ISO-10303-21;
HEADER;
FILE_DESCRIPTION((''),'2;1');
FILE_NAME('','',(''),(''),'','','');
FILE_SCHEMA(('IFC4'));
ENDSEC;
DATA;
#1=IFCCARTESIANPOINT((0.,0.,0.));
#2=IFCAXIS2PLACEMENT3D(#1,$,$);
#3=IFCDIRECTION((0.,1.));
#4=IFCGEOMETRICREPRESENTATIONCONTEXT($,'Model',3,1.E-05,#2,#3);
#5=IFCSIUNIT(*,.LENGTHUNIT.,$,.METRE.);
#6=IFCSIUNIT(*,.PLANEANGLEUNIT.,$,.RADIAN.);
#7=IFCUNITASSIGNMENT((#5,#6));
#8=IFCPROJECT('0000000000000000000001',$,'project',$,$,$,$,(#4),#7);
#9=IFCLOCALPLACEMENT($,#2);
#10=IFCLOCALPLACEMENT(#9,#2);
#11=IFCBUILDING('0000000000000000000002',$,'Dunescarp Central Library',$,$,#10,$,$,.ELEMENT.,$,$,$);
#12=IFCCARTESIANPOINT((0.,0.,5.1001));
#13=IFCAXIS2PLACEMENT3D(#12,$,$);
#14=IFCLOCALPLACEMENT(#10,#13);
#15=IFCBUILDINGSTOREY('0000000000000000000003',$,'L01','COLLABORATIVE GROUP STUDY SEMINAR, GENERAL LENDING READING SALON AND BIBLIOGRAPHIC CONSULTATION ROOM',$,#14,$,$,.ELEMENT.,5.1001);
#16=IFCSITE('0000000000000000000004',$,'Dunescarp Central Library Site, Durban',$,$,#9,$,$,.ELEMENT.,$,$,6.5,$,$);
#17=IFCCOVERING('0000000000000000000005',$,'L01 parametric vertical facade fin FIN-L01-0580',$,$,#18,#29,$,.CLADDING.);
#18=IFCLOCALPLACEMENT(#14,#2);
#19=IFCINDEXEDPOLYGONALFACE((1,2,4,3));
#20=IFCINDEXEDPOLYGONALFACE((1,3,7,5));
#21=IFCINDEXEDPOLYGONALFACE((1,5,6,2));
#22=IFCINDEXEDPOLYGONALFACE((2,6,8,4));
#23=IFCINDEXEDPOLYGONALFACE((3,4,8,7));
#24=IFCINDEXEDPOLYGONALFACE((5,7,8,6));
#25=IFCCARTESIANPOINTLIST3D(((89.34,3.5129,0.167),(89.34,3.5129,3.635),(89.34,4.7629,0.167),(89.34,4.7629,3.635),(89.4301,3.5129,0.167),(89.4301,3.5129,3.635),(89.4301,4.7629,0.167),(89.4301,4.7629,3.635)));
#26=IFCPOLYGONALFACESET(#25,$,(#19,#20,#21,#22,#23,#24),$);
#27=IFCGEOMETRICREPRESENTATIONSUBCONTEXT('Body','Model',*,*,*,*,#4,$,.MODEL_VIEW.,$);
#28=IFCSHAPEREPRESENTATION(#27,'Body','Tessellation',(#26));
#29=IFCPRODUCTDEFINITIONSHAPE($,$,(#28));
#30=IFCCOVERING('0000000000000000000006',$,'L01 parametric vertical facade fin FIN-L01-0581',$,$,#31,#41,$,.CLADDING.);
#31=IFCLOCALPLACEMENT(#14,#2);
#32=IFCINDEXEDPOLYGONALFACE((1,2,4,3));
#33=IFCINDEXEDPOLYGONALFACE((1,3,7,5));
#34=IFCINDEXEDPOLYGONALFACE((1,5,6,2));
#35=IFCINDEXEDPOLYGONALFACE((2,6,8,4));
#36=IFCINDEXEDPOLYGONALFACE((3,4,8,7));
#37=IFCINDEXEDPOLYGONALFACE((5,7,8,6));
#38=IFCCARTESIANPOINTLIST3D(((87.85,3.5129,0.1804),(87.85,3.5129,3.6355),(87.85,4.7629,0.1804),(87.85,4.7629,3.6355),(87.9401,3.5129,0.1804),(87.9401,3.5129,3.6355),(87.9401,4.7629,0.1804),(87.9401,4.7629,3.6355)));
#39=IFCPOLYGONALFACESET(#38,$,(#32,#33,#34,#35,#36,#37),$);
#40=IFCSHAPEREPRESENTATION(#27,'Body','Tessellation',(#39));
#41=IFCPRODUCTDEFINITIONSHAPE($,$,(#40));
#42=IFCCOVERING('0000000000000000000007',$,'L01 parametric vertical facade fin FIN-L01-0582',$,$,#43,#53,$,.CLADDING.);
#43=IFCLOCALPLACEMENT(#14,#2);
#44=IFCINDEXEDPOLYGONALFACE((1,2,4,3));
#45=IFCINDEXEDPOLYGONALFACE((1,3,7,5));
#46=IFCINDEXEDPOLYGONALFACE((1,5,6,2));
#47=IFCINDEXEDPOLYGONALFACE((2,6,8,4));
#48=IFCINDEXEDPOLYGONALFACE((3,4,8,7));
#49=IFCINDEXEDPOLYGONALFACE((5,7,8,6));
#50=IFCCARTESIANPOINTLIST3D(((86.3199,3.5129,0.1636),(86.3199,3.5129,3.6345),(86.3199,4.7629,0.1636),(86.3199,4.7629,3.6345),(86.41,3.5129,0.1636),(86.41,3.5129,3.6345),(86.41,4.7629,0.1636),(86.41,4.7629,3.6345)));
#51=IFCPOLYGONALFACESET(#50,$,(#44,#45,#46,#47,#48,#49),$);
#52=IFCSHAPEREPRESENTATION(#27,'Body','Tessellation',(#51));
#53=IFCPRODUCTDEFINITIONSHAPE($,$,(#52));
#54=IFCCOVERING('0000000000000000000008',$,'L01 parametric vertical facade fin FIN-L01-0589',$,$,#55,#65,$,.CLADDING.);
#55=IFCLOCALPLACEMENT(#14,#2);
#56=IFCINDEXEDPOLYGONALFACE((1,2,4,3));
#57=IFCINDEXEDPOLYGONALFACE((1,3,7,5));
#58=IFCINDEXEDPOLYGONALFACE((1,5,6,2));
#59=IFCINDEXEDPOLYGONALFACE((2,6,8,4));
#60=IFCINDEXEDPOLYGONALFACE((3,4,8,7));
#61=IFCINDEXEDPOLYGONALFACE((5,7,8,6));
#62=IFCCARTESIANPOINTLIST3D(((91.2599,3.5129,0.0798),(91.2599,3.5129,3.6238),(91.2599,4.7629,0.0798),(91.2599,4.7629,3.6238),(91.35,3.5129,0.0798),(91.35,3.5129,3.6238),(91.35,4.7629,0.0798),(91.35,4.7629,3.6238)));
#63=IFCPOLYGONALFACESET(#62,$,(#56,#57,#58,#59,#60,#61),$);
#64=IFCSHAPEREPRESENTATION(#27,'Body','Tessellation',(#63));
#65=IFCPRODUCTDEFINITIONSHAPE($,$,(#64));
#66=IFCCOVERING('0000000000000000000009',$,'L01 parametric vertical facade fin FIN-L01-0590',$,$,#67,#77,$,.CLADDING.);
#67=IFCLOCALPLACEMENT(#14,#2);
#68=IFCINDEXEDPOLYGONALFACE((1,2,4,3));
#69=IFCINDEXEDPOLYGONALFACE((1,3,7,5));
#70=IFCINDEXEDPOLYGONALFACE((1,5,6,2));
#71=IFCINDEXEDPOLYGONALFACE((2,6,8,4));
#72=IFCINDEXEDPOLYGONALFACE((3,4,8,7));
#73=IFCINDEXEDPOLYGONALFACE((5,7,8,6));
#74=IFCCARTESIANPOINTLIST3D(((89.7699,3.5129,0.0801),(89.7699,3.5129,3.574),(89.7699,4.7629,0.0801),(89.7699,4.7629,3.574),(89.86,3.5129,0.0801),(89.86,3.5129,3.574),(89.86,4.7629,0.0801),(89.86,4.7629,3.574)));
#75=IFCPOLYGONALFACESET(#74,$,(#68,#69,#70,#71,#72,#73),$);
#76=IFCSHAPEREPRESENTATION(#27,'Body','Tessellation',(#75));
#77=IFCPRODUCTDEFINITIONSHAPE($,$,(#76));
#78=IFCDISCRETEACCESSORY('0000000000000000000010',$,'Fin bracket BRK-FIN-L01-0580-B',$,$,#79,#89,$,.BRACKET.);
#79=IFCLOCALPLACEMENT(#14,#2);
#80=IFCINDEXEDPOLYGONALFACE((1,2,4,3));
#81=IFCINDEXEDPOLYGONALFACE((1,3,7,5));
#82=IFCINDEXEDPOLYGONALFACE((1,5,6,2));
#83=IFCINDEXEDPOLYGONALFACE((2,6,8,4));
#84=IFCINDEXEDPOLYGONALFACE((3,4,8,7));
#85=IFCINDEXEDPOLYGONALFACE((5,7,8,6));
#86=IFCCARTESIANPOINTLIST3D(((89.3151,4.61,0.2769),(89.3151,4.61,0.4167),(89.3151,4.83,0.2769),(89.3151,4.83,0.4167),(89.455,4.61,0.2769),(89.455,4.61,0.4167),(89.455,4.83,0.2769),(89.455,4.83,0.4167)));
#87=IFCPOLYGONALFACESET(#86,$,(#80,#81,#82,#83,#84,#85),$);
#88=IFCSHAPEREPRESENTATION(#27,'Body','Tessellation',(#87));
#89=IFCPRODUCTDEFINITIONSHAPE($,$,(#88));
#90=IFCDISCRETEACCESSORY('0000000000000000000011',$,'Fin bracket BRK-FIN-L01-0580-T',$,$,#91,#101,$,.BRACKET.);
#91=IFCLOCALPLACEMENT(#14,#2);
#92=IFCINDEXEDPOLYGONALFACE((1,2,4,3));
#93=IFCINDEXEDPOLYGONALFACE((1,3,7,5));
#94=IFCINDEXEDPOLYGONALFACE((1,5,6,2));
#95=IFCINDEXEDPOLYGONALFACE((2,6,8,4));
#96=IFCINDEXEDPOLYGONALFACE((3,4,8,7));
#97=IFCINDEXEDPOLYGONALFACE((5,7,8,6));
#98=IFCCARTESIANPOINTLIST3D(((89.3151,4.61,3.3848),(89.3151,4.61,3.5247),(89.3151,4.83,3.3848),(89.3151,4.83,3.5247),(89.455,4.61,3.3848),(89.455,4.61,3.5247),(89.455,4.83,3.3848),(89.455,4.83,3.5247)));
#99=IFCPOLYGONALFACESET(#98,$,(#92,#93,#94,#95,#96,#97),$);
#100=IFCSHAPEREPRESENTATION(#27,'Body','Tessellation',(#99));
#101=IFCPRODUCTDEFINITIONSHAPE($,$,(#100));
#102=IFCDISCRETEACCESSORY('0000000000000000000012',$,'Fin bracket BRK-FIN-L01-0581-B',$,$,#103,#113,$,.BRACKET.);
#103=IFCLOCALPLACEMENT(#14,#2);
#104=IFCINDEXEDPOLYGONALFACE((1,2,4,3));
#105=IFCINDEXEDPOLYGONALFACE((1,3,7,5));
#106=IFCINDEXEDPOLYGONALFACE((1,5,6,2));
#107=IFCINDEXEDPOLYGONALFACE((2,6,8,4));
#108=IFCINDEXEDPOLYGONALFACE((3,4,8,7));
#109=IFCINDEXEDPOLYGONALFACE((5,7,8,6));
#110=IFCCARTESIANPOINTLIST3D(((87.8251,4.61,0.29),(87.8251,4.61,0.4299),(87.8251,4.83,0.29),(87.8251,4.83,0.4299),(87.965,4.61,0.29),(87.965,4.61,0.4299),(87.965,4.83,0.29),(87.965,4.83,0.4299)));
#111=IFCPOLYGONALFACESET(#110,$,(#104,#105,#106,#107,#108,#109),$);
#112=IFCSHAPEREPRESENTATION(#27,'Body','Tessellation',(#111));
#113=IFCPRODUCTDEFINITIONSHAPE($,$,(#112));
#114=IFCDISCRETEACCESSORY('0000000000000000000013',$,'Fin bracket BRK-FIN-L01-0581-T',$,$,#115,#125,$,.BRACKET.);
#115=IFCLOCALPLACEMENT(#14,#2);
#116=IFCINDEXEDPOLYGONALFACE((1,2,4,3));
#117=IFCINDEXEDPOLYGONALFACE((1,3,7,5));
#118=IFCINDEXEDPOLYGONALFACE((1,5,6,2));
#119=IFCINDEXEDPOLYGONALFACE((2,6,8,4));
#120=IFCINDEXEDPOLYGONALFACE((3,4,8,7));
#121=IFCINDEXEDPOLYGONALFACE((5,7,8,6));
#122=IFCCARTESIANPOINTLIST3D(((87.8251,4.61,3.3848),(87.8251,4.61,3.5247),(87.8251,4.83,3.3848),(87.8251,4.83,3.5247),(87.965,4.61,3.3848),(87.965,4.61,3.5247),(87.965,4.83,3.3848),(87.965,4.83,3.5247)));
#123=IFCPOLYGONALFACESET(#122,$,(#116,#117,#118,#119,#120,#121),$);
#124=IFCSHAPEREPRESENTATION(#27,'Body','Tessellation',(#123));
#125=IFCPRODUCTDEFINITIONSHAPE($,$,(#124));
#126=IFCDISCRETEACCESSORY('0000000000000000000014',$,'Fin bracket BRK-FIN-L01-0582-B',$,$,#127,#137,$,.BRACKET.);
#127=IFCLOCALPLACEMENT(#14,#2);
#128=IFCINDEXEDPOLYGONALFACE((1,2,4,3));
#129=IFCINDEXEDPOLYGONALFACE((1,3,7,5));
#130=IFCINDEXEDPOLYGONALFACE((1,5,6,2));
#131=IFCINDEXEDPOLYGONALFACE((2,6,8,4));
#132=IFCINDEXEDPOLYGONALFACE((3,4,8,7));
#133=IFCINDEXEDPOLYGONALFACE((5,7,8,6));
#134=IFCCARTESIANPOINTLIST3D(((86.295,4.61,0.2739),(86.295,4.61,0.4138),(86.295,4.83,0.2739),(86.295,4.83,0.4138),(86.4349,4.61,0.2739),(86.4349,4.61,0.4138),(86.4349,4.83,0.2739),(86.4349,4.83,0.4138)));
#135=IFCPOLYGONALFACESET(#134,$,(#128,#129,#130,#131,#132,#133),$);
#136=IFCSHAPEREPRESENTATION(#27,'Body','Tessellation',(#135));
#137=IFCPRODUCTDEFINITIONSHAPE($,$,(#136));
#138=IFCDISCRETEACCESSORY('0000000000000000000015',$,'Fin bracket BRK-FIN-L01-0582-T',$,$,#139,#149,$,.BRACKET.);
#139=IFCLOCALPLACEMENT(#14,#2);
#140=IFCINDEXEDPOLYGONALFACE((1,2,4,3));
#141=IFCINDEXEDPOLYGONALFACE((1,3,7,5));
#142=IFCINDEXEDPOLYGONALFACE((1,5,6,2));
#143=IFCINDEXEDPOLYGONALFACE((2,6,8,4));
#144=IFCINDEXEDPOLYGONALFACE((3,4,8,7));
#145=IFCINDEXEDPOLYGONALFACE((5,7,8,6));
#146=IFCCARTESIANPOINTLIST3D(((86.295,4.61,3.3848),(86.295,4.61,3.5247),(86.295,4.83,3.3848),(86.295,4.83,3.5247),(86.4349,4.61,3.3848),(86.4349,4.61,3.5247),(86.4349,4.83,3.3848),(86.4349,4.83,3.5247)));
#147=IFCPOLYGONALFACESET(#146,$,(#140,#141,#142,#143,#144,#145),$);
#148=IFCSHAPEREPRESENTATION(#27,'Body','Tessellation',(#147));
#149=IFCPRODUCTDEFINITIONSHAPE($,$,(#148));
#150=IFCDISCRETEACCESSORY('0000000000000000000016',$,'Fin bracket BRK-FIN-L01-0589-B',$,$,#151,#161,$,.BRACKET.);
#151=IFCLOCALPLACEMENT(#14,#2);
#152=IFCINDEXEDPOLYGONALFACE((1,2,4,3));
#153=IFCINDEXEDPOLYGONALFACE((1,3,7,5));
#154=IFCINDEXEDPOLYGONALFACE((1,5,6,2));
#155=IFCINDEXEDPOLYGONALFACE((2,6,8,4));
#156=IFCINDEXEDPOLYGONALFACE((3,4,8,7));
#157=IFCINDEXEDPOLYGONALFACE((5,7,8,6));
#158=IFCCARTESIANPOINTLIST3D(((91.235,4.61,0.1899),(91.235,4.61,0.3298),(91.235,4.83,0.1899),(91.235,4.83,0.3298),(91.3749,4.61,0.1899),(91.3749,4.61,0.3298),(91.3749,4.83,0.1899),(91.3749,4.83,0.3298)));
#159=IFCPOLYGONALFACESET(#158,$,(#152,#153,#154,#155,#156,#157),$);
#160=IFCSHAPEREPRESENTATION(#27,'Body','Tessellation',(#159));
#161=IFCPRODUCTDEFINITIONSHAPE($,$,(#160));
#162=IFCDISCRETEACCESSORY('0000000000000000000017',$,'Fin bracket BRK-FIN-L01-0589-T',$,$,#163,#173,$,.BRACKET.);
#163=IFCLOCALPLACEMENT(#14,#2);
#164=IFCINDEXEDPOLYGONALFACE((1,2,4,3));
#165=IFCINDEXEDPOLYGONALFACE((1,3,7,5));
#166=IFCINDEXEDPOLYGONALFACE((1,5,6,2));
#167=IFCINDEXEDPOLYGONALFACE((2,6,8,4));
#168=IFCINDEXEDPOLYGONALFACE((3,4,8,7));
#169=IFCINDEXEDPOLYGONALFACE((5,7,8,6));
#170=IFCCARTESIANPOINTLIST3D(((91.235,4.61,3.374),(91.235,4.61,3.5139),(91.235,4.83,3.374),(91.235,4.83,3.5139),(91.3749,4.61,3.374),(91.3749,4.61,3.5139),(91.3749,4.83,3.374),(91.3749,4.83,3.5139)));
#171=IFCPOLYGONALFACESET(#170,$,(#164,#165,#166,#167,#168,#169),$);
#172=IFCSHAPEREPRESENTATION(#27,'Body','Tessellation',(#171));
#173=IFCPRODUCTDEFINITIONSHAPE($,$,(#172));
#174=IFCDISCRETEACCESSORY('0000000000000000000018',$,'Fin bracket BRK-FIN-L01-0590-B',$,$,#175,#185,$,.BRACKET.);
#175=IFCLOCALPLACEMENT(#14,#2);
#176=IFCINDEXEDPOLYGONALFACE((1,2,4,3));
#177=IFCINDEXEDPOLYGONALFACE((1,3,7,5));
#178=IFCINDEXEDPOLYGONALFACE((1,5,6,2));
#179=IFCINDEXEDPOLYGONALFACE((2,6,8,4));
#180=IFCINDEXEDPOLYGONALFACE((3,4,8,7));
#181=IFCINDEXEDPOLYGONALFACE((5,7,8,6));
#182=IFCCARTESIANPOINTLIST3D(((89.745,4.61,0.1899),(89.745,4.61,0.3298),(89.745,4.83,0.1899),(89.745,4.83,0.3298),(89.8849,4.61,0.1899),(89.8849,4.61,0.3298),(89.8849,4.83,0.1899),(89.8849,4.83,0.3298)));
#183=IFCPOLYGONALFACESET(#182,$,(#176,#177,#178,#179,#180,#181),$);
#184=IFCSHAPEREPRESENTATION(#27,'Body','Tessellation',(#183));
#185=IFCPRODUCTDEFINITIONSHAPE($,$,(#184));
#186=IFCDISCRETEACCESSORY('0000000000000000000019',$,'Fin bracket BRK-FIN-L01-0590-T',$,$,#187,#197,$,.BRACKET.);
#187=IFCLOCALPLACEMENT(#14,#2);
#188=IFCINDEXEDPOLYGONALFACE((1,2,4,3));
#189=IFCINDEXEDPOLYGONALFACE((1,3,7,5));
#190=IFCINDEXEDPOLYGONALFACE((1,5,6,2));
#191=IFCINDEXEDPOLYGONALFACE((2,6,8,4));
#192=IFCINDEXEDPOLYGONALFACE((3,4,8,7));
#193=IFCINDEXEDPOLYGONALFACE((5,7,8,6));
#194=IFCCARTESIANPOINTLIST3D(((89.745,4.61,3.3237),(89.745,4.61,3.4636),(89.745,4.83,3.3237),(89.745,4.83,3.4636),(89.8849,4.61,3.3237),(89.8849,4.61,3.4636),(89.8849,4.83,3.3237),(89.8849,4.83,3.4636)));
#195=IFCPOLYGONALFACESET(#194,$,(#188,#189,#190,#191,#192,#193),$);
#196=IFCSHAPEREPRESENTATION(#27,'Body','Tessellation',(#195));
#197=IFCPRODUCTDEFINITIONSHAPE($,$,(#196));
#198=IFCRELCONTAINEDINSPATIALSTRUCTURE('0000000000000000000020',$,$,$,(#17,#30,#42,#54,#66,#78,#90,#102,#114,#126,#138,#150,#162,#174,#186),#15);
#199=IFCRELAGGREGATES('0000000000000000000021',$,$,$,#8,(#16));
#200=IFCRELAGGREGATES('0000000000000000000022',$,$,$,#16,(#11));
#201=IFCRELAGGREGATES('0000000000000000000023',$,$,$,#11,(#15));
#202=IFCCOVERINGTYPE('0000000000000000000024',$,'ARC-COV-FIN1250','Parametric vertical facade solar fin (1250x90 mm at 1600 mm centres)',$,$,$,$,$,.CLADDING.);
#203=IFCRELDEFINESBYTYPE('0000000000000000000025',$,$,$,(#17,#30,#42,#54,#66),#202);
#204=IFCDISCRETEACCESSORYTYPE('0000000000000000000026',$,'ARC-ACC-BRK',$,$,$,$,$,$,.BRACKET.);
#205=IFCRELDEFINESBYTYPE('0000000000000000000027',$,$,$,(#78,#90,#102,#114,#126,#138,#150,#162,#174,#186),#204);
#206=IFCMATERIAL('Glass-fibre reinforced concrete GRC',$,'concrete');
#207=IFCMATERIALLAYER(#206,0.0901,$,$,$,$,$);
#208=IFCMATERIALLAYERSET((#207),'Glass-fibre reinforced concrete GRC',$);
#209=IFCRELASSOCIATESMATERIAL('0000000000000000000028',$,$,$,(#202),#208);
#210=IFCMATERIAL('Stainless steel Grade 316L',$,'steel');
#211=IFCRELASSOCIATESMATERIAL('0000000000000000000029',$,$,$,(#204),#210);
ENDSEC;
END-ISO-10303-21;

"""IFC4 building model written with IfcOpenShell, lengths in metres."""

from ifc_helpers import new_model, si_unit, direction, frame, origin, origin_2d, place, context, subcontext, project, spatial, rectangle, extrude, material, layer, layer_set, type_object, element, save


model = new_model("IFC4")

# Units and contexts
model_context = context("Model", 3, precision=1e-05, world=origin(), true_north=direction((0.0, 1.0)))
body_context = subcontext(model_context, "Body", "Model", "MODEL_VIEW")
ifc_project = project(units=[si_unit("LENGTHUNIT", "METRE"), si_unit("PLANEANGLEUNIT", "RADIAN")], contexts=[model_context])

# Site, building, storey
site_placement = place(None, origin())
site = spatial("IfcSite", under=ifc_project, at=site_placement, Name="Dunescarp Central Library Site, Durban", CompositionType="ELEMENT", RefElevation=6.5)
building_placement = place(site_placement, origin())
building = spatial("IfcBuilding", under=site, at=building_placement, Name="Dunescarp Central Library", CompositionType="ELEMENT")
storey_placement = place(building_placement, frame((0.0, 0.0, 5.1001)))
storey = spatial("IfcBuildingStorey", under=building, at=storey_placement, Name="L01", Description="COLLABORATIVE GROUP STUDY SEMINAR, GENERAL LENDING READING SALON AND BIBLIOGRAPHIC CONSULTATION ROOM", CompositionType="ELEMENT", Elevation=5.1001)

# Coverings
ifc_material_1 = material(Name="Glass-fibre reinforced concrete GRC", Category="concrete")
ifc_layer_1 = layer(ifc_material_1, 0.0901)
ifc_layer_set_1 = layer_set([ifc_layer_1], Name="Glass-fibre reinforced concrete GRC")
covering_type = type_object("IfcCoveringType", Name="ARC-COV-FIN1250", Description="Parametric vertical facade solar fin (1250x90 mm at 1600 mm centres)", PredefinedType="CLADDING", material=ifc_layer_set_1)
covering_1_placement = place(storey_placement, frame((89.385, 4.1379, 0.167), z_axis=(0.0, 0.0, 1.0), x_axis=(0.0, -1.0, 0.0)))
element("IfcCovering", 1, at=covering_1_placement, inside=storey, type_object=covering_type, Name="L01 parametric vertical facade fin FIN-L01-0580", PredefinedType="CLADDING", context=body_context, shape_type="SweptSolid", body=[
    extrude(rectangle(XDim=1.25, YDim=0.0901, at=origin_2d()), origin(), (0.0, 0.0, 1.0), 3.468),
])
covering_2_placement = place(storey_placement, frame((87.895, 4.1379, 0.1804), z_axis=(0.0, 0.0, 1.0), x_axis=(0.0, -1.0, 0.0)))
element("IfcCovering", 2, at=covering_2_placement, inside=storey, type_object=covering_type, Name="L01 parametric vertical facade fin FIN-L01-0581", PredefinedType="CLADDING", context=body_context, shape_type="SweptSolid", body=[
    extrude(rectangle(XDim=1.25, YDim=0.0901, at=origin_2d()), origin(), (0.0, 0.0, 1.0), 3.4551),
])
covering_3_placement = place(storey_placement, frame((86.365, 4.1379, 0.1636), z_axis=(0.0, 0.0, 1.0), x_axis=(0.0, -1.0, 0.0)))
element("IfcCovering", 3, at=covering_3_placement, inside=storey, type_object=covering_type, Name="L01 parametric vertical facade fin FIN-L01-0582", PredefinedType="CLADDING", context=body_context, shape_type="SweptSolid", body=[
    extrude(rectangle(XDim=1.25, YDim=0.0901, at=origin_2d()), origin(), (0.0, 0.0, 1.0), 3.4709),
])
covering_4_placement = place(storey_placement, frame((91.3049, 4.1379, 0.0798), z_axis=(0.0, 0.0, 1.0), x_axis=(0.0, -1.0, 0.0)))
element("IfcCovering", 4, at=covering_4_placement, inside=storey, type_object=covering_type, Name="L01 parametric vertical facade fin FIN-L01-0589", PredefinedType="CLADDING", context=body_context, shape_type="SweptSolid", body=[
    extrude(rectangle(XDim=1.25, YDim=0.0901, at=origin_2d()), origin(), (0.0, 0.0, 1.0), 3.5439),
])
covering_5_placement = place(storey_placement, frame((89.8149, 4.1379, 0.0801), z_axis=(0.0, 0.0, 1.0), x_axis=(0.0, -1.0, 0.0)))
element("IfcCovering", 5, at=covering_5_placement, inside=storey, type_object=covering_type, Name="L01 parametric vertical facade fin FIN-L01-0590", PredefinedType="CLADDING", context=body_context, shape_type="SweptSolid", body=[
    extrude(rectangle(XDim=1.25, YDim=0.0901, at=origin_2d()), origin(), (0.0, 0.0, 1.0), 3.4939),
])

# Discrete accessories
ifc_material_2 = material(Name="Stainless steel Grade 316L", Category="steel")
discrete_accessory_type = type_object("IfcDiscreteAccessoryType", Name="ARC-ACC-BRK", PredefinedType="BRACKET", material=ifc_material_2)
for number, where, z_axis, x_axis, name in (
    (6, (89.385, 4.72, 0.2769), (0.0, 0.0, 1.0), (0.0, -1.0, 0.0), "Fin bracket BRK-FIN-L01-0580-B"),
    (7, (89.385, 4.72, 3.3848), (0.0, 0.0, 1.0), (0.0, -1.0, 0.0), "Fin bracket BRK-FIN-L01-0580-T"),
    (8, (87.895, 4.72, 0.29), (0.0, 0.0, 1.0), (0.0, -1.0, 0.0), "Fin bracket BRK-FIN-L01-0581-B"),
    (9, (87.895, 4.72, 3.3848), (0.0, 0.0, 1.0), (0.0, -1.0, 0.0), "Fin bracket BRK-FIN-L01-0581-T"),
    (10, (86.365, 4.72, 0.2739), (0.0, 0.0, 1.0), (0.0, -1.0, 0.0), "Fin bracket BRK-FIN-L01-0582-B"),
    (11, (86.365, 4.72, 3.3848), (0.0, 0.0, 1.0), (0.0, -1.0, 0.0), "Fin bracket BRK-FIN-L01-0582-T"),
    (12, (91.3049, 4.72, 0.1899), (0.0, 0.0, 1.0), (0.0, -1.0, 0.0), "Fin bracket BRK-FIN-L01-0589-B"),
    (13, (91.3049, 4.72, 3.374), (0.0, 0.0, 1.0), (0.0, -1.0, 0.0), "Fin bracket BRK-FIN-L01-0589-T"),
    (14, (89.8149, 4.72, 0.1899), (0.0, 0.0, 1.0), (0.0, -1.0, 0.0), "Fin bracket BRK-FIN-L01-0590-B"),
    (15, (89.8149, 4.72, 3.3237), (0.0, 0.0, 1.0), (0.0, -1.0, 0.0), "Fin bracket BRK-FIN-L01-0590-T"),
):
    element("IfcDiscreteAccessory", number, at=place(storey_placement, frame(where, z_axis=z_axis, x_axis=x_axis)), inside=storey, type_object=discrete_accessory_type, Name=name, PredefinedType="BRACKET", context=body_context, shape_type="SweptSolid", body=[
        extrude(rectangle(XDim=0.22, YDim=0.1399, at=origin_2d()), origin(), (0.0, 0.0, 1.0), 0.1399),
    ])

save(model, "model.ifc")
